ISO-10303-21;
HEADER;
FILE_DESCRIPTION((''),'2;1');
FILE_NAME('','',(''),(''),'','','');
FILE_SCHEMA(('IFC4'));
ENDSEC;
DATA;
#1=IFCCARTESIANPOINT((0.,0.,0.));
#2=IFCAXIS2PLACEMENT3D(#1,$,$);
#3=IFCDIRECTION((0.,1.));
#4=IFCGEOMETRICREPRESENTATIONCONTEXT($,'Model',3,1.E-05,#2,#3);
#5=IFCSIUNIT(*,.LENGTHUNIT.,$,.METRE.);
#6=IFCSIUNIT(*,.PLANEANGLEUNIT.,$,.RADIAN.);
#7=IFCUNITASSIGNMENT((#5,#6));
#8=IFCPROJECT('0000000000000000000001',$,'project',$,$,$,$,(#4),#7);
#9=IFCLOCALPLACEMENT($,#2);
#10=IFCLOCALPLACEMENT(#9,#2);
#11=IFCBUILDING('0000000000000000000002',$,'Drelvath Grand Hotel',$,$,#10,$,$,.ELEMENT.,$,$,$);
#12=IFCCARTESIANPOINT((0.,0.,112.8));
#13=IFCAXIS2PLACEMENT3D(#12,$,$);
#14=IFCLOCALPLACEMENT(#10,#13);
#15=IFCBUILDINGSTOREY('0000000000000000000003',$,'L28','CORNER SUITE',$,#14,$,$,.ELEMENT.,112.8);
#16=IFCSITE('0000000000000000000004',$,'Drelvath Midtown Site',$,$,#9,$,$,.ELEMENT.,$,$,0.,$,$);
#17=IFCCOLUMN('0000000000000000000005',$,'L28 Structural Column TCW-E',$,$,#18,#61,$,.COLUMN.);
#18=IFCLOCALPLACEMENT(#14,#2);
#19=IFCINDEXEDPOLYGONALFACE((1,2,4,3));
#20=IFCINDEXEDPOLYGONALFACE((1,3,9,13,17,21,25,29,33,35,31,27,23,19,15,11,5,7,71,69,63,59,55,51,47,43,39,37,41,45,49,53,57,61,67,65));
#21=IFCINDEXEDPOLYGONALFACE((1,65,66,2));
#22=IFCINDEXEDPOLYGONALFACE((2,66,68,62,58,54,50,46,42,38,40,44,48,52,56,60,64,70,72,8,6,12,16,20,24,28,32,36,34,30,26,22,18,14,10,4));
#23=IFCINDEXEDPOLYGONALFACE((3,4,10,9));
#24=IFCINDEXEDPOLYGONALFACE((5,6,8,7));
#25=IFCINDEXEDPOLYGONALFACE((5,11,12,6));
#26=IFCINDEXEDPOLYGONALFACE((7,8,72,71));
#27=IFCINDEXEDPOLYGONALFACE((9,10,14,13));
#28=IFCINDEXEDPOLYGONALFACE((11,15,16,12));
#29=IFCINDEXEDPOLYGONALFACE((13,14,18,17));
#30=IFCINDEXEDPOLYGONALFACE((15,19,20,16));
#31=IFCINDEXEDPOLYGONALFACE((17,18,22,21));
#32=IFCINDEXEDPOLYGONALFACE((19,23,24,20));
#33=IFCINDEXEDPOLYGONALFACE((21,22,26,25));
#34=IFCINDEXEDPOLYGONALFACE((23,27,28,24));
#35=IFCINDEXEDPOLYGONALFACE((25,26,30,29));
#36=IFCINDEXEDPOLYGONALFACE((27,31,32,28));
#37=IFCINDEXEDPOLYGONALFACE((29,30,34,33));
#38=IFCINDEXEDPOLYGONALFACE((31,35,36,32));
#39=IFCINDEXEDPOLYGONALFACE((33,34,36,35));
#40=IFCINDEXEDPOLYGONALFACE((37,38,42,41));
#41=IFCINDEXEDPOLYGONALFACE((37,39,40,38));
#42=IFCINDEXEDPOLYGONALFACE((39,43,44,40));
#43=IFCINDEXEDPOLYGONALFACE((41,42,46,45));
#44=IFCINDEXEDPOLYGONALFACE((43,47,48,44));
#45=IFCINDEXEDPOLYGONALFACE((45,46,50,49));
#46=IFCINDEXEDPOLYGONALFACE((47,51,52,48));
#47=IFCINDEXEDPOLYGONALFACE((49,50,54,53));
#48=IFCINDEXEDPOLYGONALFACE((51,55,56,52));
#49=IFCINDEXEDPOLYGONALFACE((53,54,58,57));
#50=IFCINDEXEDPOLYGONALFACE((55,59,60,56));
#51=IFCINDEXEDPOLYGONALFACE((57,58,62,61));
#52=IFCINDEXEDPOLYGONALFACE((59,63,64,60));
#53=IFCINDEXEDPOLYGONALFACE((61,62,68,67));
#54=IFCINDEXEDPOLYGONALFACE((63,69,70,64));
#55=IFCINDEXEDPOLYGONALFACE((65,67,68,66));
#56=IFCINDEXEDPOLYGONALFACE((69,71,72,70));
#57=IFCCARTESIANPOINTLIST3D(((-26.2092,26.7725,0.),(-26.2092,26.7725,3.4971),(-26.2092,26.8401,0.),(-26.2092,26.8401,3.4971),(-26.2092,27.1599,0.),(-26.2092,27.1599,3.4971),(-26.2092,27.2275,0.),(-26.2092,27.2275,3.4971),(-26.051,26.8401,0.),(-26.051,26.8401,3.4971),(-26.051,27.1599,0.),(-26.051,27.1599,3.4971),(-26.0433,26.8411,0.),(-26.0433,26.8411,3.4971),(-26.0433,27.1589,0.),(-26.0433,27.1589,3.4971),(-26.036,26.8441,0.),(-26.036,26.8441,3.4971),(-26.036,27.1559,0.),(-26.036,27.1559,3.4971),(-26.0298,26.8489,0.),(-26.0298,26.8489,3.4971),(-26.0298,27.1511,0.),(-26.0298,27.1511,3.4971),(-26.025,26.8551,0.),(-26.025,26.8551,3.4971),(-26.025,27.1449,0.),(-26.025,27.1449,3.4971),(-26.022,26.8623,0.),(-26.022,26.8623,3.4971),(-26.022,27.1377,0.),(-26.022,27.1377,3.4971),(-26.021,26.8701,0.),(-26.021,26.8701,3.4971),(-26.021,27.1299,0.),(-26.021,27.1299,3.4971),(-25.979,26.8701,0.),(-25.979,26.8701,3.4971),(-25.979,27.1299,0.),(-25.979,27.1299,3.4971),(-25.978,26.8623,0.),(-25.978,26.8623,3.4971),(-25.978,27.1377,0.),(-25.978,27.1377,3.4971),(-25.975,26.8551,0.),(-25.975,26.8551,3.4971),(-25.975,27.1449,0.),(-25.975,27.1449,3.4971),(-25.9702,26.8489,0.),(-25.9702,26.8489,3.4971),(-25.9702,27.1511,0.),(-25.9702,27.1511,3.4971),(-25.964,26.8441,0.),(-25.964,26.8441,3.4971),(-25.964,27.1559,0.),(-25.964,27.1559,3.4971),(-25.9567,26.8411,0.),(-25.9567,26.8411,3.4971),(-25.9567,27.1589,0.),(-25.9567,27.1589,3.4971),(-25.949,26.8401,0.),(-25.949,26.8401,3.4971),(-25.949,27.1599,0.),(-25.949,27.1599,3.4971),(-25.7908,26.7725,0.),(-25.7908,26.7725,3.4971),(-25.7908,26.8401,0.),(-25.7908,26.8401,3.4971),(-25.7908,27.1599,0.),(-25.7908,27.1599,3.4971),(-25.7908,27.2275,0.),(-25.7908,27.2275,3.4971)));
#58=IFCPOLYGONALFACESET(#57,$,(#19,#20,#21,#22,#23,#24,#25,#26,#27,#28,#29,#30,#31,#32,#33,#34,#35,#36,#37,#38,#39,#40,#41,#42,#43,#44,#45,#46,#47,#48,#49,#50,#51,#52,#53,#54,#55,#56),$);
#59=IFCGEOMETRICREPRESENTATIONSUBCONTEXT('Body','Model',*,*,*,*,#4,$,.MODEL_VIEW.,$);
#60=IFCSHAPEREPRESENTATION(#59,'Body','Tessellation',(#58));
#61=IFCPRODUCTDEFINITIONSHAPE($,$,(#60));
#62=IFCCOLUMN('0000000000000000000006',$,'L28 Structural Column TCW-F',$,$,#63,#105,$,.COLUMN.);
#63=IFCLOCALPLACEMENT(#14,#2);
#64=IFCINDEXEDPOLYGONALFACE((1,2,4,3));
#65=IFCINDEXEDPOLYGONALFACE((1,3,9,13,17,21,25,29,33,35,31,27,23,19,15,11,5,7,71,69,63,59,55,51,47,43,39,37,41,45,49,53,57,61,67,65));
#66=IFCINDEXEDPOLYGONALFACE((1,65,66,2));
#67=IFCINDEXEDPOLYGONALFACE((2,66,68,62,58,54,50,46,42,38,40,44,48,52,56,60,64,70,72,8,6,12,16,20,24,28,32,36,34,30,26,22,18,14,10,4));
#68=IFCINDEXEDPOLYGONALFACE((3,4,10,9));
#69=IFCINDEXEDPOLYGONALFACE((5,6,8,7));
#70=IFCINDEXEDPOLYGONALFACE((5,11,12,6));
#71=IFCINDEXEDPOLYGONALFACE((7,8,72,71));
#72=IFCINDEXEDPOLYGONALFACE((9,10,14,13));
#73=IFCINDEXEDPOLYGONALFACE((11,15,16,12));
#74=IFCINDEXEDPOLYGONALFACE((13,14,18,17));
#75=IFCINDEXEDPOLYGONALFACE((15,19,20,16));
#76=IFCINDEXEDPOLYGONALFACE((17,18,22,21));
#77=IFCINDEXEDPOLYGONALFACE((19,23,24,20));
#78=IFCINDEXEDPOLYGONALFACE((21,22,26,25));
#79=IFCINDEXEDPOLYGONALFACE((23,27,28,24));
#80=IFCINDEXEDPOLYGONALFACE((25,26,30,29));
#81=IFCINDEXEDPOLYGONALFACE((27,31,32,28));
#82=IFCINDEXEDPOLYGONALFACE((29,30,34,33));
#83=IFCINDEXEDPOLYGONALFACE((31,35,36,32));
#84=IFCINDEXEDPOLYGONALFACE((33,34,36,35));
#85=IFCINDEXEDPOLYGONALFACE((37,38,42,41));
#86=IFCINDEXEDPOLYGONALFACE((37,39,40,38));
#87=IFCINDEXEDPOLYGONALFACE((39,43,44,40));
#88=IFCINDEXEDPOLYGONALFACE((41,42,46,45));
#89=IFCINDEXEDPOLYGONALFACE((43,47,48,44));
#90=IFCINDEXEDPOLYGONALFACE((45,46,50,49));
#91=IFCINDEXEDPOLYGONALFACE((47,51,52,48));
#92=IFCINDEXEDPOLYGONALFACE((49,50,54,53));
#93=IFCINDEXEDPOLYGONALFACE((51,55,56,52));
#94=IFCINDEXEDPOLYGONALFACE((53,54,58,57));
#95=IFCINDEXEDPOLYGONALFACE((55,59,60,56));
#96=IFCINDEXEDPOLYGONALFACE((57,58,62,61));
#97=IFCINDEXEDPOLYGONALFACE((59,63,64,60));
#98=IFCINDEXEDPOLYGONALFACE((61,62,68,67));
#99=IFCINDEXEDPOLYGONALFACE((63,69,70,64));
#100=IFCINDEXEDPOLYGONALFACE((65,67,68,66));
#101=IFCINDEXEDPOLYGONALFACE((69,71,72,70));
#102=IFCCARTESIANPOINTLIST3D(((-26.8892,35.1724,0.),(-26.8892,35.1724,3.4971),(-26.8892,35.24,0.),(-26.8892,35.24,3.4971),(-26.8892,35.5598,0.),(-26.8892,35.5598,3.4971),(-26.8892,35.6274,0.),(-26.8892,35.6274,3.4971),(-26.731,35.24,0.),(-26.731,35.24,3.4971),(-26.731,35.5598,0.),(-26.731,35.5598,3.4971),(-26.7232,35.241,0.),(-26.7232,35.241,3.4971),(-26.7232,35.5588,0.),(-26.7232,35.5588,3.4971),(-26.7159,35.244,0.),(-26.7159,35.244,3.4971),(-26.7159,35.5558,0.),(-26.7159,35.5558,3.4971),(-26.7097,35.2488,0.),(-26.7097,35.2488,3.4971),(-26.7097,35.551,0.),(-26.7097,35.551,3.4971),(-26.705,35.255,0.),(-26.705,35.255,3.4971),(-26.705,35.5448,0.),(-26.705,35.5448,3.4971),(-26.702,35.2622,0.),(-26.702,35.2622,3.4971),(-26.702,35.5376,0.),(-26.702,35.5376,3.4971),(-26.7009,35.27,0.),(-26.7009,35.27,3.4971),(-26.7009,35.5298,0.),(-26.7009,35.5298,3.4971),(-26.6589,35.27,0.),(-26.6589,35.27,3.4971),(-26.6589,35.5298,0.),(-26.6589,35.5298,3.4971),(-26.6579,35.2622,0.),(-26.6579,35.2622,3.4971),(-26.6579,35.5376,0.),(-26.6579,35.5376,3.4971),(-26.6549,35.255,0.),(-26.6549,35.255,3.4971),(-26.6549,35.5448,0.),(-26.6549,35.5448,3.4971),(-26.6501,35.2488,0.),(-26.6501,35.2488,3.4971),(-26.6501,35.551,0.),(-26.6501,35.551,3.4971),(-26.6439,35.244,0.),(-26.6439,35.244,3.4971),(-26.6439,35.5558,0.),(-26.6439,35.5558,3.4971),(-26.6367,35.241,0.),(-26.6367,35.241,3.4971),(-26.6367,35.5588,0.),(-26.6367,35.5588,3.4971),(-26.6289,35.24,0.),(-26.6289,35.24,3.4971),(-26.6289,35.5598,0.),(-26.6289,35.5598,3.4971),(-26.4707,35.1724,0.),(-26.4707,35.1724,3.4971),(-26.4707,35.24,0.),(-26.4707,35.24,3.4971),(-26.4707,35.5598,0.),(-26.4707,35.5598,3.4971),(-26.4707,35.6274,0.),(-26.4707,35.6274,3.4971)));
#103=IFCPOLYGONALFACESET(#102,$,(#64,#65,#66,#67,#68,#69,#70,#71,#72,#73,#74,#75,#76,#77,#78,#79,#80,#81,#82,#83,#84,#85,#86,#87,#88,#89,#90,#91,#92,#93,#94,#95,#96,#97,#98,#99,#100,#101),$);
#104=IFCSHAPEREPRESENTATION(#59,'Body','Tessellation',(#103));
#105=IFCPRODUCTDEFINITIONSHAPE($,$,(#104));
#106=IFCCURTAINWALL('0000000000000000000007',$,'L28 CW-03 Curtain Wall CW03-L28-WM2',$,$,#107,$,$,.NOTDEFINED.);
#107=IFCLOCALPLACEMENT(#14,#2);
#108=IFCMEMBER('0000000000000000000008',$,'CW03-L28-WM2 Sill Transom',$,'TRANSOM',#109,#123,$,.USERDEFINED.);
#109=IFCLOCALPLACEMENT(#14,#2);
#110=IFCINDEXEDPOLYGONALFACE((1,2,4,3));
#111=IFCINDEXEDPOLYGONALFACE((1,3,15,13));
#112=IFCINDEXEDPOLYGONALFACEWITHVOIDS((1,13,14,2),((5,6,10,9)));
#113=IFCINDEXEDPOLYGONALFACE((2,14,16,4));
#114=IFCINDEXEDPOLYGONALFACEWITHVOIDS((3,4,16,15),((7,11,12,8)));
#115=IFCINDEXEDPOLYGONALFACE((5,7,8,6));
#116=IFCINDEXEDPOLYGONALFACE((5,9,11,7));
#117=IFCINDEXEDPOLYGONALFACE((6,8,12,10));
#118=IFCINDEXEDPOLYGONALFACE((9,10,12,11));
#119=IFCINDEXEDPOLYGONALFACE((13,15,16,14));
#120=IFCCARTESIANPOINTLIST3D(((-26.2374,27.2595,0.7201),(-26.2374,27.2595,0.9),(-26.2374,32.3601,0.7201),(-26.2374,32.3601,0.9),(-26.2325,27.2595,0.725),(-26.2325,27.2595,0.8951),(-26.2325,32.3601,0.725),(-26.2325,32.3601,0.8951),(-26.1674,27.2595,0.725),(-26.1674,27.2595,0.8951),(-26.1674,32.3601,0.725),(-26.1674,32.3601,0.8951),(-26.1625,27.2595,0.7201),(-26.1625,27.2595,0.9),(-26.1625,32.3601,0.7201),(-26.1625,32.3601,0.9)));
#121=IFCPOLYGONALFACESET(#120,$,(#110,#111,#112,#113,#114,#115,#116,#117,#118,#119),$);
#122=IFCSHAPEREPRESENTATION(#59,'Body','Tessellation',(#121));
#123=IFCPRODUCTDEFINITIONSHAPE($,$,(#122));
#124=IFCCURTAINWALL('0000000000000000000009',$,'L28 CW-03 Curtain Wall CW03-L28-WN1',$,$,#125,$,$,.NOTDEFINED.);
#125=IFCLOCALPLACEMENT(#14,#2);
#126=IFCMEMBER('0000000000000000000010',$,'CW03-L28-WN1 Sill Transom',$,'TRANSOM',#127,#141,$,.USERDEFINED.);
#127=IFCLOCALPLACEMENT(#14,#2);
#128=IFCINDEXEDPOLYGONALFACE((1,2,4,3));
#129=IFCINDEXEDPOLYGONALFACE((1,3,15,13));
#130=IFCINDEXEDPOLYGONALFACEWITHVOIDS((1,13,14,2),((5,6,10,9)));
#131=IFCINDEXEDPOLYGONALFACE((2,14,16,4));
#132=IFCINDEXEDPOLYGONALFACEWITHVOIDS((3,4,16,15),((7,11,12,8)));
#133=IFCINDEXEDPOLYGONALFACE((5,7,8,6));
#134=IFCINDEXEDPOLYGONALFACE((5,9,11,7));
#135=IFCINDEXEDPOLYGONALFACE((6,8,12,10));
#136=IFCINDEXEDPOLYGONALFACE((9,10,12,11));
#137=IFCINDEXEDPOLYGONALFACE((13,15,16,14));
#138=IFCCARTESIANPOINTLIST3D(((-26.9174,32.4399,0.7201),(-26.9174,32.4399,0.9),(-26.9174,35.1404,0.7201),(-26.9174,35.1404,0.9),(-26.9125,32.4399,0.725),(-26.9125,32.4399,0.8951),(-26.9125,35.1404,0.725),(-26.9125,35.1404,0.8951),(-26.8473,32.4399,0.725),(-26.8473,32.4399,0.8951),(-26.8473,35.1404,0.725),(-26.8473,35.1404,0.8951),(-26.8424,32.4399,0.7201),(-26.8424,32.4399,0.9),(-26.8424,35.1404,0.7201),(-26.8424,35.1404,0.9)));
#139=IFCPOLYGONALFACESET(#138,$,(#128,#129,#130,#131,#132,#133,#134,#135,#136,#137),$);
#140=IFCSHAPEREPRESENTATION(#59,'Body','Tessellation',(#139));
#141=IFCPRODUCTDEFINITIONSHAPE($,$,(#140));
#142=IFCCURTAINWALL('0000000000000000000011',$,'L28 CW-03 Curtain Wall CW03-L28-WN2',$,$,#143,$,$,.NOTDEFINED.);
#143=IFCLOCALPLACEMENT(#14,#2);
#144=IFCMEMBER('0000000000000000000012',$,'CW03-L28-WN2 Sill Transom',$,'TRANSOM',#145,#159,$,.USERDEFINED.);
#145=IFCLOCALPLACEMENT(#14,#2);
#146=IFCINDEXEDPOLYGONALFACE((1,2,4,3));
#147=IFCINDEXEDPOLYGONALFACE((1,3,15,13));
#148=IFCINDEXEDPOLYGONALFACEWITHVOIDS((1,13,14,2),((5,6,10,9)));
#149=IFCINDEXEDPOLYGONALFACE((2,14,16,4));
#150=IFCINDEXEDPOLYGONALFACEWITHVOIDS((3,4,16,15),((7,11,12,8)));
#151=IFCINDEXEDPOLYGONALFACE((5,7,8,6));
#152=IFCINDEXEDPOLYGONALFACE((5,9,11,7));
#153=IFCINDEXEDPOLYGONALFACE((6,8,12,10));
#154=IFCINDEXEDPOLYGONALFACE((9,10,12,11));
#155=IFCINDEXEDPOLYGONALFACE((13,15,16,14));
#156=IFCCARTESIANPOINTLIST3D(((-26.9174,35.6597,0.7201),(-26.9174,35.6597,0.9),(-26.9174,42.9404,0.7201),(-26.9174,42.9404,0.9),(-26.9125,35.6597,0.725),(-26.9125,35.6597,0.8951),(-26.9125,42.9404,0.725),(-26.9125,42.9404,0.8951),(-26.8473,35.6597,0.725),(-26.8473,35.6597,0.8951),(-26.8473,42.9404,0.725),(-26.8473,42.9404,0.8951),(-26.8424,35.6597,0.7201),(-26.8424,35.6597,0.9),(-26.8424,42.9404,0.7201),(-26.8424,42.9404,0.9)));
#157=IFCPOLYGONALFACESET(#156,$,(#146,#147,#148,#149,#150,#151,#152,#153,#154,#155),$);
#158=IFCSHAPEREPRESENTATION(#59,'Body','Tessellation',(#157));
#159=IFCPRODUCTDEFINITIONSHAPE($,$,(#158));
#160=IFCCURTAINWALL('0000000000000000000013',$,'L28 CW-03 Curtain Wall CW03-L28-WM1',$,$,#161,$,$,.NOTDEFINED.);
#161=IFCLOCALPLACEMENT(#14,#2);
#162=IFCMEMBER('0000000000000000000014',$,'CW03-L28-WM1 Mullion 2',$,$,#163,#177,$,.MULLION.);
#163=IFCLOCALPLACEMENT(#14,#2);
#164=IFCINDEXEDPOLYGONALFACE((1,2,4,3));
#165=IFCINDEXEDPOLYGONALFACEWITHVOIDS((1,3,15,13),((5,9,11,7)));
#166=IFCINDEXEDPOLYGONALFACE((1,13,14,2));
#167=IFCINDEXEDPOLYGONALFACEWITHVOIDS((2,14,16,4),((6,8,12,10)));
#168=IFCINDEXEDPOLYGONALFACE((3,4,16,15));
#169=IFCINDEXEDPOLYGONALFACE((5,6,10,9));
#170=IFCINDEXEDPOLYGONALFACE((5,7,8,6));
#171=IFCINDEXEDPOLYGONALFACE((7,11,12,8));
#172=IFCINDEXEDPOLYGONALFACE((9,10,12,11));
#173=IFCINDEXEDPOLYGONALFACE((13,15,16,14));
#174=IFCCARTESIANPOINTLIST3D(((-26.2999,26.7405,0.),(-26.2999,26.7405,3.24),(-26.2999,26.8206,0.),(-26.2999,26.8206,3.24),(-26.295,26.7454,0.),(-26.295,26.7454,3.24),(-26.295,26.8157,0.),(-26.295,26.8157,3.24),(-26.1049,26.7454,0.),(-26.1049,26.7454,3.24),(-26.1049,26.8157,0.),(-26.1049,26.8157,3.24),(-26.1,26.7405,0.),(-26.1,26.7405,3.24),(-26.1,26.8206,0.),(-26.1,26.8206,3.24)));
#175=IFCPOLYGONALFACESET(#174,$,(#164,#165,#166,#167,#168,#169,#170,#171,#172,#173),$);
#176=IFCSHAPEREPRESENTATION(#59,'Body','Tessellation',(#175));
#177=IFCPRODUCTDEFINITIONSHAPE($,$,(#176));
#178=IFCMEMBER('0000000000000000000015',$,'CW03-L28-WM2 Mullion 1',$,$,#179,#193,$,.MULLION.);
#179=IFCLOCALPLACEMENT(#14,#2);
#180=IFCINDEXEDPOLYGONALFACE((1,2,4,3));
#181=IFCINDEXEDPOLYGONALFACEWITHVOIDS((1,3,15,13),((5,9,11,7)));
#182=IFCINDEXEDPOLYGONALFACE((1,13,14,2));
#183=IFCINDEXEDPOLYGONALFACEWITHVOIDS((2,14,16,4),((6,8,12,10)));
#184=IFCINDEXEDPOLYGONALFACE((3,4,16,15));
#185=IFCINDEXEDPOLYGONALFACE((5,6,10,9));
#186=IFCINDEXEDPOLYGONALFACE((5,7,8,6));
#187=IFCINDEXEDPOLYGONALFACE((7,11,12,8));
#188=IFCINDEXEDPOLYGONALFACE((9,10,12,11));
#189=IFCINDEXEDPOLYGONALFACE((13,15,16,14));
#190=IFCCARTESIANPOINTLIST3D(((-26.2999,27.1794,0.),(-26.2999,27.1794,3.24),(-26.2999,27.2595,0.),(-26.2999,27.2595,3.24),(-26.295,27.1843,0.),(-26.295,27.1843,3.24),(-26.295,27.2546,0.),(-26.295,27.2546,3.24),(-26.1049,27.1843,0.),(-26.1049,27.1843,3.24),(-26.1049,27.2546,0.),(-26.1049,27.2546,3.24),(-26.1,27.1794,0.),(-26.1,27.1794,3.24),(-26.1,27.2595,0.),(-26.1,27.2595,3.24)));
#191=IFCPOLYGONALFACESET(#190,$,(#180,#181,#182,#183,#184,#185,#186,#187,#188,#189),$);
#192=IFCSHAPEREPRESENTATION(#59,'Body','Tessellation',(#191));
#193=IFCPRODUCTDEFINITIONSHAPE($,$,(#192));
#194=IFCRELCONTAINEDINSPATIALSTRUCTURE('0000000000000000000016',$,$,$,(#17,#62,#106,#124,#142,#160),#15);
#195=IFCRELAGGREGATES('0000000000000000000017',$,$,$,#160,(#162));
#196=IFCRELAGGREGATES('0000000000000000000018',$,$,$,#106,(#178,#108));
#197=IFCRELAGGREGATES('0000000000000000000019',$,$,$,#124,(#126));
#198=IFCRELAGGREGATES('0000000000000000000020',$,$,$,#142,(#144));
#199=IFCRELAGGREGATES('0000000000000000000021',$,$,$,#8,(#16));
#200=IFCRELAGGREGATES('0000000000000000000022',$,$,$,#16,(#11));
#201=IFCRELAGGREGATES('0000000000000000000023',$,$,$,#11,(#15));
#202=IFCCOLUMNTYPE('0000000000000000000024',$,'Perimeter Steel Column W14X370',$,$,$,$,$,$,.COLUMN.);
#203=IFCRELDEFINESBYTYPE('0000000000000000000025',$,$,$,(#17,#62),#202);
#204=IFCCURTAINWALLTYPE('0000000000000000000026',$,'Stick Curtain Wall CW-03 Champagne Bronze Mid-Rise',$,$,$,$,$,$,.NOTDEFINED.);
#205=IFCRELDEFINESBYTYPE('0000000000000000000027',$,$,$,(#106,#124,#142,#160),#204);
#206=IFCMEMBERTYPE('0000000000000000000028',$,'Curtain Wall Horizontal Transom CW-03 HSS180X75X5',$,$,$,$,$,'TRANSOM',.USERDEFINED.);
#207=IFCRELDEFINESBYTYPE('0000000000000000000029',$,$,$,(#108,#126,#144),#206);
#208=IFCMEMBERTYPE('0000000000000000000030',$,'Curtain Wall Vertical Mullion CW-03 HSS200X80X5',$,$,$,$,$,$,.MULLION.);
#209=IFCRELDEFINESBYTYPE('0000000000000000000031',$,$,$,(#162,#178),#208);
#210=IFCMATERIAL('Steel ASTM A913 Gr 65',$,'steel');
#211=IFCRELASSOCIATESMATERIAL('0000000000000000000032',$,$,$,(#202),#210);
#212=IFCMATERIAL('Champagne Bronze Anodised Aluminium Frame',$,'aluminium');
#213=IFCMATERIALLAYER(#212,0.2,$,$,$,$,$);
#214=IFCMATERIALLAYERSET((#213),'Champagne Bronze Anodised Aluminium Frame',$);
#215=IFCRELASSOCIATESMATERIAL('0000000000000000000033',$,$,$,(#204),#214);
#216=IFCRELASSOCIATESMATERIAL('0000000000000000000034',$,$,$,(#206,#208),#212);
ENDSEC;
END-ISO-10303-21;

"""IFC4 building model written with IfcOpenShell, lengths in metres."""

from ifc_helpers import new_model, si_unit, direction, frame, origin, origin_2d, place, context, subcontext, project, spatial, hollow_rectangle, i_section, extrude, material, layer, layer_set, material_profile, profile_set, type_object, element, aggregate, save


model = new_model("IFC4")

# Units and contexts
model_context = context("Model", 3, precision=1e-05, world=origin(), true_north=direction((0.0, 1.0)))
body_context = subcontext(model_context, "Body", "Model", "MODEL_VIEW")
ifc_project = project(units=[si_unit("LENGTHUNIT", "METRE"), si_unit("PLANEANGLEUNIT", "RADIAN")], contexts=[model_context])

# Site, building, storey
site_placement = place(None, origin())
site = spatial("IfcSite", under=ifc_project, at=site_placement, Name="Drelvath Midtown Site", CompositionType="ELEMENT", RefElevation=0.0)
building_placement = place(site_placement, origin())
building = spatial("IfcBuilding", under=site, at=building_placement, Name="Drelvath Grand Hotel", CompositionType="ELEMENT")
storey_placement = place(building_placement, frame((0.0, 0.0, 112.8)))
storey = spatial("IfcBuildingStorey", under=building, at=storey_placement, Name="L28", Description="CORNER SUITE", CompositionType="ELEMENT", Elevation=112.8)

# Columns
ifc_material_1 = material(Name="Steel ASTM A913 Gr 65", Category="steel")
ifc_material_profile_1 = material_profile(ifc_material_1, i_section(OverallWidth=0.4185, OverallDepth=0.4551, WebThickness=0.042, FlangeThickness=0.0676, FilletRadius=0.03, at=origin_2d()), Name="W14X370")
ifc_profile_set_1 = profile_set([ifc_material_profile_1], Name="Steel ASTM A913 Gr 65")
column_type = type_object("IfcColumnType", Name="Perimeter Steel Column W14X370", PredefinedType="COLUMN", material=ifc_profile_set_1)
for number, where, z_axis, x_axis, name in (
    (1, (-26.0, 27.0, 0.0), (0.0, 0.0, 1.0), (1.0, 0.0, 0.0), "L28 Structural Column TCW-E"),
    (2, (-26.6799, 35.3999, 0.0), (0.0, 0.0, 1.0), (1.0, 0.0, 0.0), "L28 Structural Column TCW-F"),
):
    element("IfcColumn", number, at=place(storey_placement, frame(where, z_axis=z_axis, x_axis=x_axis)), inside=storey, type_object=column_type, Name=name, PredefinedType="COLUMN", context=body_context, shape_type="SweptSolid", body=[
        extrude(i_section(OverallWidth=0.4185, OverallDepth=0.4551, WebThickness=0.042, FlangeThickness=0.0676, FilletRadius=0.03, at=origin_2d()), origin(), (0.0, 0.0, 1.0), 3.4971),
    ])

# Curtain walls, members
ifc_material_2 = material(Name="Champagne Bronze Anodised Aluminium Frame", Category="aluminium")
ifc_layer_1 = layer(ifc_material_2, 0.2)
ifc_layer_set_1 = layer_set([ifc_layer_1], Name="Champagne Bronze Anodised Aluminium Frame")
curtain_wall_type = type_object("IfcCurtainWallType", Name="Stick Curtain Wall CW-03 Champagne Bronze Mid-Rise", PredefinedType="NOTDEFINED", material=ifc_layer_set_1)
curtain_wall_1_placement = place(storey_placement, origin())
curtain_wall_1 = element("IfcCurtainWall", 3, at=curtain_wall_1_placement, inside=storey, type_object=curtain_wall_type, Name="L28 CW-03 Curtain Wall CW03-L28-WM2", PredefinedType="NOTDEFINED")
ifc_material_profile_2 = material_profile(ifc_material_2, hollow_rectangle(XDim=0.075, YDim=0.1799, WallThickness=0.0049, at=origin_2d()), Name="HSS180X75X5")
ifc_profile_set_2 = profile_set([ifc_material_profile_2], Name="Champagne Bronze Anodised Aluminium Frame")
member_type_1 = type_object("IfcMemberType", Name="Curtain Wall Horizontal Transom CW-03 HSS180X75X5", ElementType="TRANSOM", PredefinedType="USERDEFINED", material=ifc_profile_set_2)
member_1_placement = place(storey_placement, frame((-26.2, 27.2595, 0.8101), z_axis=(0.0, 1.0, 0.0), x_axis=(-1.0, 0.0, 0.0)))
member_1 = element("IfcMember", 4, at=member_1_placement, type_object=member_type_1, Name="CW03-L28-WM2 Sill Transom", ObjectType="TRANSOM", PredefinedType="USERDEFINED", context=body_context, shape_type="SweptSolid", body=[
    extrude(hollow_rectangle(XDim=0.075, YDim=0.1799, WallThickness=0.0049, at=origin_2d()), origin(), (0.0, 0.0, 1.0), 5.1006),
])
curtain_wall_2_placement = place(storey_placement, origin())
curtain_wall_2 = element("IfcCurtainWall", 5, at=curtain_wall_2_placement, inside=storey, type_object=curtain_wall_type, Name="L28 CW-03 Curtain Wall CW03-L28-WN1", PredefinedType="NOTDEFINED")
member_2_placement = place(storey_placement, frame((-26.8799, 32.4399, 0.8101), z_axis=(0.0, 1.0, 0.0), x_axis=(-1.0, 0.0, 0.0)))
member_2 = element("IfcMember", 6, at=member_2_placement, type_object=member_type_1, Name="CW03-L28-WN1 Sill Transom", ObjectType="TRANSOM", PredefinedType="USERDEFINED", context=body_context, shape_type="SweptSolid", body=[
    extrude(hollow_rectangle(XDim=0.075, YDim=0.1799, WallThickness=0.0049, at=origin_2d()), origin(), (0.0, 0.0, 1.0), 2.7004),
])
curtain_wall_3_placement = place(storey_placement, origin())
curtain_wall_3 = element("IfcCurtainWall", 7, at=curtain_wall_3_placement, inside=storey, type_object=curtain_wall_type, Name="L28 CW-03 Curtain Wall CW03-L28-WN2", PredefinedType="NOTDEFINED")
member_3_placement = place(storey_placement, frame((-26.8799, 35.6597, 0.8101), z_axis=(0.0, 1.0, 0.0), x_axis=(-1.0, 0.0, 0.0)))
member_3 = element("IfcMember", 8, at=member_3_placement, type_object=member_type_1, Name="CW03-L28-WN2 Sill Transom", ObjectType="TRANSOM", PredefinedType="USERDEFINED", context=body_context, shape_type="SweptSolid", body=[
    extrude(hollow_rectangle(XDim=0.075, YDim=0.1799, WallThickness=0.0049, at=origin_2d()), origin(), (0.0, 0.0, 1.0), 7.2808),
])
curtain_wall_4_placement = place(storey_placement, origin())
curtain_wall_4 = element("IfcCurtainWall", 9, at=curtain_wall_4_placement, inside=storey, type_object=curtain_wall_type, Name="L28 CW-03 Curtain Wall CW03-L28-WM1", PredefinedType="NOTDEFINED")
ifc_material_profile_3 = material_profile(ifc_material_2, hollow_rectangle(XDim=0.0801, YDim=0.2, WallThickness=0.0049, at=origin_2d()), Name="HSS200X80X5")
ifc_profile_set_3 = profile_set([ifc_material_profile_3], Name="Champagne Bronze Anodised Aluminium Frame")
member_type_2 = type_object("IfcMemberType", Name="Curtain Wall Vertical Mullion CW-03 HSS200X80X5", PredefinedType="MULLION", material=ifc_profile_set_3)
member_4_placement = place(storey_placement, frame((-26.2, 26.7805, 0.0), z_axis=(0.0, 0.0, 1.0), x_axis=(0.0, 1.0, 0.0)))
member_4 = element("IfcMember", 10, at=member_4_placement, type_object=member_type_2, Name="CW03-L28-WM1 Mullion 2", PredefinedType="MULLION", context=body_context, shape_type="SweptSolid", body=[
    extrude(hollow_rectangle(XDim=0.0801, YDim=0.2, WallThickness=0.0049, at=origin_2d()), origin(), (0.0, 0.0, 1.0), 3.24),
])
aggregate(curtain_wall_4, [member_4])

# Member
member_5_placement = place(storey_placement, frame((-26.2, 27.2195, 0.0), z_axis=(0.0, 0.0, 1.0), x_axis=(0.0, 1.0, 0.0)))
member_5 = element("IfcMember", 11, at=member_5_placement, type_object=member_type_2, Name="CW03-L28-WM2 Mullion 1", PredefinedType="MULLION", context=body_context, shape_type="SweptSolid", body=[
    extrude(hollow_rectangle(XDim=0.0801, YDim=0.2, WallThickness=0.0049, at=origin_2d()), origin(), (0.0, 0.0, 1.0), 3.24),
])

aggregate(curtain_wall_1, [member_5, member_1])
aggregate(curtain_wall_2, [member_2])
aggregate(curtain_wall_3, [member_3])

save(model, "model.ifc")
